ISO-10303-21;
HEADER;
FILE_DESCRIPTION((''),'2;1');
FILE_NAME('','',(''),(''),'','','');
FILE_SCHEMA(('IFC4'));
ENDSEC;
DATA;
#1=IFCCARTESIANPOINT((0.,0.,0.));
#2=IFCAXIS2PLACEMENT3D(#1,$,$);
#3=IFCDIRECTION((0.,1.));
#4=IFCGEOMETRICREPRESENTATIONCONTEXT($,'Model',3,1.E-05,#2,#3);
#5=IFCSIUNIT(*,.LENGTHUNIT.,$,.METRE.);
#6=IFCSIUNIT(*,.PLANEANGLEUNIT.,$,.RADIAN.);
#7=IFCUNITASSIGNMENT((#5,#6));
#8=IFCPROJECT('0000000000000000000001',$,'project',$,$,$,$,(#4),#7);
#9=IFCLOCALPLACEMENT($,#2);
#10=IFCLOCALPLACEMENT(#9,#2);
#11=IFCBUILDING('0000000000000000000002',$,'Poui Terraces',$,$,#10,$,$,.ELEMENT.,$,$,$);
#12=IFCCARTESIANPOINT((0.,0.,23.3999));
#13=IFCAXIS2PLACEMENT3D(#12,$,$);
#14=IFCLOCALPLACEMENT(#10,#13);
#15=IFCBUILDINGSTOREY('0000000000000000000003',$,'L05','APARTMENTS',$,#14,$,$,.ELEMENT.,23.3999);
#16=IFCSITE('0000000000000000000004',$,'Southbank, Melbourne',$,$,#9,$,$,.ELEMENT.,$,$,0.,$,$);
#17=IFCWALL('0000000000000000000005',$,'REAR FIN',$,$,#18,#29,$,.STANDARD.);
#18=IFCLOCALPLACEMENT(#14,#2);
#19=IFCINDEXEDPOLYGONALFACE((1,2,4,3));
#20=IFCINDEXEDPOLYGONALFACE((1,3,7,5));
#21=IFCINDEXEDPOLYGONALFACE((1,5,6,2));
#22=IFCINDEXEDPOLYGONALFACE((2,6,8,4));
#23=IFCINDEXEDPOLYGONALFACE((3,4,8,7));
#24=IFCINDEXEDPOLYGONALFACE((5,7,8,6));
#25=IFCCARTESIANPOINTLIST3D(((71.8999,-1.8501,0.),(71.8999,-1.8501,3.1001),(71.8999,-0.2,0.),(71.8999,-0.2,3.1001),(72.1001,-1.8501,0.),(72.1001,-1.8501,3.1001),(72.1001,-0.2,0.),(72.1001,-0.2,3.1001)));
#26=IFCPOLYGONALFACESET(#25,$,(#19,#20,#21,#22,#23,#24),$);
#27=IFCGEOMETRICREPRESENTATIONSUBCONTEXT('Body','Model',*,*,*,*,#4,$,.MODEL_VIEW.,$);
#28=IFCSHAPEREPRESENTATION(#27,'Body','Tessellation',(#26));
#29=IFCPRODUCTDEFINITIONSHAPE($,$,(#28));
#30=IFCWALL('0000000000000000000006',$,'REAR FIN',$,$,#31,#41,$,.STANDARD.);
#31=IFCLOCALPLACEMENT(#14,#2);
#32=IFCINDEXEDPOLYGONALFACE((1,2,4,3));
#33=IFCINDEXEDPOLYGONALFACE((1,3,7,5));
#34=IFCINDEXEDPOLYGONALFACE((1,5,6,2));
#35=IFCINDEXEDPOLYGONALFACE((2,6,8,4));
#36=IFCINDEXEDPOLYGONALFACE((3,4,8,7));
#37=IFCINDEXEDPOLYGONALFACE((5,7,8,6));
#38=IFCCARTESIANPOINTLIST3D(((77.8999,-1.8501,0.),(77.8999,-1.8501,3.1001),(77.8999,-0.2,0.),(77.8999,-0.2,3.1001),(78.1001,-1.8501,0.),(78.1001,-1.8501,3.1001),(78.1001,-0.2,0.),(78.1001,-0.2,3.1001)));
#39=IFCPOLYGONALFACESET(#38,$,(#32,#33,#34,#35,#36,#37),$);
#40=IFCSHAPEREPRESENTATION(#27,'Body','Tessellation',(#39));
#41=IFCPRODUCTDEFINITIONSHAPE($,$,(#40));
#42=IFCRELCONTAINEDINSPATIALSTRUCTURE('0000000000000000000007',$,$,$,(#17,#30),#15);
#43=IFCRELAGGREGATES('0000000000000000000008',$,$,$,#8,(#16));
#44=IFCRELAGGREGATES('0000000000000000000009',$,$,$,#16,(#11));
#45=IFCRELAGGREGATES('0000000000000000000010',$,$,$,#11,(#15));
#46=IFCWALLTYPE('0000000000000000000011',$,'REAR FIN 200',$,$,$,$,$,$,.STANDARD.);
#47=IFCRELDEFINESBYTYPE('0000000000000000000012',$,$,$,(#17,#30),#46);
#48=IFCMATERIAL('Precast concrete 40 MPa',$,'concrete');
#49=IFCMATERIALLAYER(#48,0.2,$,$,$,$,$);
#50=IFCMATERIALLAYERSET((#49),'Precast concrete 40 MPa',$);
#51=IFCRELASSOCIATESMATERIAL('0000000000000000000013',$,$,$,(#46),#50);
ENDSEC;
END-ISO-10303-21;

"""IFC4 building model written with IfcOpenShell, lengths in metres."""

from ifc_helpers import new_model, si_unit, direction, frame, origin, place, context, subcontext, project, spatial, polyline, outline, extrude, source, transform, mapped, material, layer, layer_set, type_object, element, save


model = new_model("IFC4")

# Units and contexts
model_context = context("Model", 3, precision=1e-05, world=origin(), true_north=direction((0.0, 1.0)))
body_context = subcontext(model_context, "Body", "Model", "MODEL_VIEW")
ifc_project = project(units=[si_unit("LENGTHUNIT", "METRE"), si_unit("PLANEANGLEUNIT", "RADIAN")], contexts=[model_context])

# Site, building, storey
site_placement = place(None, origin())
site = spatial("IfcSite", under=ifc_project, at=site_placement, Name="Southbank, Melbourne", CompositionType="ELEMENT", RefElevation=0.0)
building_placement = place(site_placement, origin())
building = spatial("IfcBuilding", under=site, at=building_placement, Name="Poui Terraces", CompositionType="ELEMENT")
storey_placement = place(building_placement, frame((0.0, 0.0, 23.3999)))
storey = spatial("IfcBuildingStorey", under=building, at=storey_placement, Name="L05", Description="APARTMENTS", CompositionType="ELEMENT", Elevation=23.3999)

# Shared definitions
ifc_material_1 = material(Name="Precast concrete 40 MPa", Category="concrete")

# Walls
ifc_layer_1 = layer(ifc_material_1, 0.2)
ifc_layer_set_1 = layer_set([ifc_layer_1], Name="Precast concrete 40 MPa")
wall_type_1 = type_object("IfcWallType", Name="REAR FIN 200", PredefinedType="STANDARD", material=ifc_layer_set_1)
shared_shape_1 = source(origin(), body_context, "Body", "SweptSolid", [
    extrude(outline(polyline([(0.0, 0.0), (0.2002, 0.0), (0.2002, 1.6501), (0.0, 1.6501), (0.0, 0.0)])), origin(), (0.0, 0.0, 1.0), 3.1001),
])
for number, where, name in (
    (1, (71.8999, -1.8501, 0.0), "REAR FIN"),
    (2, (77.8999, -1.8501, 0.0), "REAR FIN"),
):
    element("IfcWall", number, at=place(storey_placement, frame(where)), inside=storey, type_object=wall_type_1, Name=name, PredefinedType="STANDARD", context=body_context, shape_type="MappedRepresentation", body=[
        mapped(shared_shape_1, transform((0.0, 0.0, 0.0))),
    ])

save(model, "model.ifc")
